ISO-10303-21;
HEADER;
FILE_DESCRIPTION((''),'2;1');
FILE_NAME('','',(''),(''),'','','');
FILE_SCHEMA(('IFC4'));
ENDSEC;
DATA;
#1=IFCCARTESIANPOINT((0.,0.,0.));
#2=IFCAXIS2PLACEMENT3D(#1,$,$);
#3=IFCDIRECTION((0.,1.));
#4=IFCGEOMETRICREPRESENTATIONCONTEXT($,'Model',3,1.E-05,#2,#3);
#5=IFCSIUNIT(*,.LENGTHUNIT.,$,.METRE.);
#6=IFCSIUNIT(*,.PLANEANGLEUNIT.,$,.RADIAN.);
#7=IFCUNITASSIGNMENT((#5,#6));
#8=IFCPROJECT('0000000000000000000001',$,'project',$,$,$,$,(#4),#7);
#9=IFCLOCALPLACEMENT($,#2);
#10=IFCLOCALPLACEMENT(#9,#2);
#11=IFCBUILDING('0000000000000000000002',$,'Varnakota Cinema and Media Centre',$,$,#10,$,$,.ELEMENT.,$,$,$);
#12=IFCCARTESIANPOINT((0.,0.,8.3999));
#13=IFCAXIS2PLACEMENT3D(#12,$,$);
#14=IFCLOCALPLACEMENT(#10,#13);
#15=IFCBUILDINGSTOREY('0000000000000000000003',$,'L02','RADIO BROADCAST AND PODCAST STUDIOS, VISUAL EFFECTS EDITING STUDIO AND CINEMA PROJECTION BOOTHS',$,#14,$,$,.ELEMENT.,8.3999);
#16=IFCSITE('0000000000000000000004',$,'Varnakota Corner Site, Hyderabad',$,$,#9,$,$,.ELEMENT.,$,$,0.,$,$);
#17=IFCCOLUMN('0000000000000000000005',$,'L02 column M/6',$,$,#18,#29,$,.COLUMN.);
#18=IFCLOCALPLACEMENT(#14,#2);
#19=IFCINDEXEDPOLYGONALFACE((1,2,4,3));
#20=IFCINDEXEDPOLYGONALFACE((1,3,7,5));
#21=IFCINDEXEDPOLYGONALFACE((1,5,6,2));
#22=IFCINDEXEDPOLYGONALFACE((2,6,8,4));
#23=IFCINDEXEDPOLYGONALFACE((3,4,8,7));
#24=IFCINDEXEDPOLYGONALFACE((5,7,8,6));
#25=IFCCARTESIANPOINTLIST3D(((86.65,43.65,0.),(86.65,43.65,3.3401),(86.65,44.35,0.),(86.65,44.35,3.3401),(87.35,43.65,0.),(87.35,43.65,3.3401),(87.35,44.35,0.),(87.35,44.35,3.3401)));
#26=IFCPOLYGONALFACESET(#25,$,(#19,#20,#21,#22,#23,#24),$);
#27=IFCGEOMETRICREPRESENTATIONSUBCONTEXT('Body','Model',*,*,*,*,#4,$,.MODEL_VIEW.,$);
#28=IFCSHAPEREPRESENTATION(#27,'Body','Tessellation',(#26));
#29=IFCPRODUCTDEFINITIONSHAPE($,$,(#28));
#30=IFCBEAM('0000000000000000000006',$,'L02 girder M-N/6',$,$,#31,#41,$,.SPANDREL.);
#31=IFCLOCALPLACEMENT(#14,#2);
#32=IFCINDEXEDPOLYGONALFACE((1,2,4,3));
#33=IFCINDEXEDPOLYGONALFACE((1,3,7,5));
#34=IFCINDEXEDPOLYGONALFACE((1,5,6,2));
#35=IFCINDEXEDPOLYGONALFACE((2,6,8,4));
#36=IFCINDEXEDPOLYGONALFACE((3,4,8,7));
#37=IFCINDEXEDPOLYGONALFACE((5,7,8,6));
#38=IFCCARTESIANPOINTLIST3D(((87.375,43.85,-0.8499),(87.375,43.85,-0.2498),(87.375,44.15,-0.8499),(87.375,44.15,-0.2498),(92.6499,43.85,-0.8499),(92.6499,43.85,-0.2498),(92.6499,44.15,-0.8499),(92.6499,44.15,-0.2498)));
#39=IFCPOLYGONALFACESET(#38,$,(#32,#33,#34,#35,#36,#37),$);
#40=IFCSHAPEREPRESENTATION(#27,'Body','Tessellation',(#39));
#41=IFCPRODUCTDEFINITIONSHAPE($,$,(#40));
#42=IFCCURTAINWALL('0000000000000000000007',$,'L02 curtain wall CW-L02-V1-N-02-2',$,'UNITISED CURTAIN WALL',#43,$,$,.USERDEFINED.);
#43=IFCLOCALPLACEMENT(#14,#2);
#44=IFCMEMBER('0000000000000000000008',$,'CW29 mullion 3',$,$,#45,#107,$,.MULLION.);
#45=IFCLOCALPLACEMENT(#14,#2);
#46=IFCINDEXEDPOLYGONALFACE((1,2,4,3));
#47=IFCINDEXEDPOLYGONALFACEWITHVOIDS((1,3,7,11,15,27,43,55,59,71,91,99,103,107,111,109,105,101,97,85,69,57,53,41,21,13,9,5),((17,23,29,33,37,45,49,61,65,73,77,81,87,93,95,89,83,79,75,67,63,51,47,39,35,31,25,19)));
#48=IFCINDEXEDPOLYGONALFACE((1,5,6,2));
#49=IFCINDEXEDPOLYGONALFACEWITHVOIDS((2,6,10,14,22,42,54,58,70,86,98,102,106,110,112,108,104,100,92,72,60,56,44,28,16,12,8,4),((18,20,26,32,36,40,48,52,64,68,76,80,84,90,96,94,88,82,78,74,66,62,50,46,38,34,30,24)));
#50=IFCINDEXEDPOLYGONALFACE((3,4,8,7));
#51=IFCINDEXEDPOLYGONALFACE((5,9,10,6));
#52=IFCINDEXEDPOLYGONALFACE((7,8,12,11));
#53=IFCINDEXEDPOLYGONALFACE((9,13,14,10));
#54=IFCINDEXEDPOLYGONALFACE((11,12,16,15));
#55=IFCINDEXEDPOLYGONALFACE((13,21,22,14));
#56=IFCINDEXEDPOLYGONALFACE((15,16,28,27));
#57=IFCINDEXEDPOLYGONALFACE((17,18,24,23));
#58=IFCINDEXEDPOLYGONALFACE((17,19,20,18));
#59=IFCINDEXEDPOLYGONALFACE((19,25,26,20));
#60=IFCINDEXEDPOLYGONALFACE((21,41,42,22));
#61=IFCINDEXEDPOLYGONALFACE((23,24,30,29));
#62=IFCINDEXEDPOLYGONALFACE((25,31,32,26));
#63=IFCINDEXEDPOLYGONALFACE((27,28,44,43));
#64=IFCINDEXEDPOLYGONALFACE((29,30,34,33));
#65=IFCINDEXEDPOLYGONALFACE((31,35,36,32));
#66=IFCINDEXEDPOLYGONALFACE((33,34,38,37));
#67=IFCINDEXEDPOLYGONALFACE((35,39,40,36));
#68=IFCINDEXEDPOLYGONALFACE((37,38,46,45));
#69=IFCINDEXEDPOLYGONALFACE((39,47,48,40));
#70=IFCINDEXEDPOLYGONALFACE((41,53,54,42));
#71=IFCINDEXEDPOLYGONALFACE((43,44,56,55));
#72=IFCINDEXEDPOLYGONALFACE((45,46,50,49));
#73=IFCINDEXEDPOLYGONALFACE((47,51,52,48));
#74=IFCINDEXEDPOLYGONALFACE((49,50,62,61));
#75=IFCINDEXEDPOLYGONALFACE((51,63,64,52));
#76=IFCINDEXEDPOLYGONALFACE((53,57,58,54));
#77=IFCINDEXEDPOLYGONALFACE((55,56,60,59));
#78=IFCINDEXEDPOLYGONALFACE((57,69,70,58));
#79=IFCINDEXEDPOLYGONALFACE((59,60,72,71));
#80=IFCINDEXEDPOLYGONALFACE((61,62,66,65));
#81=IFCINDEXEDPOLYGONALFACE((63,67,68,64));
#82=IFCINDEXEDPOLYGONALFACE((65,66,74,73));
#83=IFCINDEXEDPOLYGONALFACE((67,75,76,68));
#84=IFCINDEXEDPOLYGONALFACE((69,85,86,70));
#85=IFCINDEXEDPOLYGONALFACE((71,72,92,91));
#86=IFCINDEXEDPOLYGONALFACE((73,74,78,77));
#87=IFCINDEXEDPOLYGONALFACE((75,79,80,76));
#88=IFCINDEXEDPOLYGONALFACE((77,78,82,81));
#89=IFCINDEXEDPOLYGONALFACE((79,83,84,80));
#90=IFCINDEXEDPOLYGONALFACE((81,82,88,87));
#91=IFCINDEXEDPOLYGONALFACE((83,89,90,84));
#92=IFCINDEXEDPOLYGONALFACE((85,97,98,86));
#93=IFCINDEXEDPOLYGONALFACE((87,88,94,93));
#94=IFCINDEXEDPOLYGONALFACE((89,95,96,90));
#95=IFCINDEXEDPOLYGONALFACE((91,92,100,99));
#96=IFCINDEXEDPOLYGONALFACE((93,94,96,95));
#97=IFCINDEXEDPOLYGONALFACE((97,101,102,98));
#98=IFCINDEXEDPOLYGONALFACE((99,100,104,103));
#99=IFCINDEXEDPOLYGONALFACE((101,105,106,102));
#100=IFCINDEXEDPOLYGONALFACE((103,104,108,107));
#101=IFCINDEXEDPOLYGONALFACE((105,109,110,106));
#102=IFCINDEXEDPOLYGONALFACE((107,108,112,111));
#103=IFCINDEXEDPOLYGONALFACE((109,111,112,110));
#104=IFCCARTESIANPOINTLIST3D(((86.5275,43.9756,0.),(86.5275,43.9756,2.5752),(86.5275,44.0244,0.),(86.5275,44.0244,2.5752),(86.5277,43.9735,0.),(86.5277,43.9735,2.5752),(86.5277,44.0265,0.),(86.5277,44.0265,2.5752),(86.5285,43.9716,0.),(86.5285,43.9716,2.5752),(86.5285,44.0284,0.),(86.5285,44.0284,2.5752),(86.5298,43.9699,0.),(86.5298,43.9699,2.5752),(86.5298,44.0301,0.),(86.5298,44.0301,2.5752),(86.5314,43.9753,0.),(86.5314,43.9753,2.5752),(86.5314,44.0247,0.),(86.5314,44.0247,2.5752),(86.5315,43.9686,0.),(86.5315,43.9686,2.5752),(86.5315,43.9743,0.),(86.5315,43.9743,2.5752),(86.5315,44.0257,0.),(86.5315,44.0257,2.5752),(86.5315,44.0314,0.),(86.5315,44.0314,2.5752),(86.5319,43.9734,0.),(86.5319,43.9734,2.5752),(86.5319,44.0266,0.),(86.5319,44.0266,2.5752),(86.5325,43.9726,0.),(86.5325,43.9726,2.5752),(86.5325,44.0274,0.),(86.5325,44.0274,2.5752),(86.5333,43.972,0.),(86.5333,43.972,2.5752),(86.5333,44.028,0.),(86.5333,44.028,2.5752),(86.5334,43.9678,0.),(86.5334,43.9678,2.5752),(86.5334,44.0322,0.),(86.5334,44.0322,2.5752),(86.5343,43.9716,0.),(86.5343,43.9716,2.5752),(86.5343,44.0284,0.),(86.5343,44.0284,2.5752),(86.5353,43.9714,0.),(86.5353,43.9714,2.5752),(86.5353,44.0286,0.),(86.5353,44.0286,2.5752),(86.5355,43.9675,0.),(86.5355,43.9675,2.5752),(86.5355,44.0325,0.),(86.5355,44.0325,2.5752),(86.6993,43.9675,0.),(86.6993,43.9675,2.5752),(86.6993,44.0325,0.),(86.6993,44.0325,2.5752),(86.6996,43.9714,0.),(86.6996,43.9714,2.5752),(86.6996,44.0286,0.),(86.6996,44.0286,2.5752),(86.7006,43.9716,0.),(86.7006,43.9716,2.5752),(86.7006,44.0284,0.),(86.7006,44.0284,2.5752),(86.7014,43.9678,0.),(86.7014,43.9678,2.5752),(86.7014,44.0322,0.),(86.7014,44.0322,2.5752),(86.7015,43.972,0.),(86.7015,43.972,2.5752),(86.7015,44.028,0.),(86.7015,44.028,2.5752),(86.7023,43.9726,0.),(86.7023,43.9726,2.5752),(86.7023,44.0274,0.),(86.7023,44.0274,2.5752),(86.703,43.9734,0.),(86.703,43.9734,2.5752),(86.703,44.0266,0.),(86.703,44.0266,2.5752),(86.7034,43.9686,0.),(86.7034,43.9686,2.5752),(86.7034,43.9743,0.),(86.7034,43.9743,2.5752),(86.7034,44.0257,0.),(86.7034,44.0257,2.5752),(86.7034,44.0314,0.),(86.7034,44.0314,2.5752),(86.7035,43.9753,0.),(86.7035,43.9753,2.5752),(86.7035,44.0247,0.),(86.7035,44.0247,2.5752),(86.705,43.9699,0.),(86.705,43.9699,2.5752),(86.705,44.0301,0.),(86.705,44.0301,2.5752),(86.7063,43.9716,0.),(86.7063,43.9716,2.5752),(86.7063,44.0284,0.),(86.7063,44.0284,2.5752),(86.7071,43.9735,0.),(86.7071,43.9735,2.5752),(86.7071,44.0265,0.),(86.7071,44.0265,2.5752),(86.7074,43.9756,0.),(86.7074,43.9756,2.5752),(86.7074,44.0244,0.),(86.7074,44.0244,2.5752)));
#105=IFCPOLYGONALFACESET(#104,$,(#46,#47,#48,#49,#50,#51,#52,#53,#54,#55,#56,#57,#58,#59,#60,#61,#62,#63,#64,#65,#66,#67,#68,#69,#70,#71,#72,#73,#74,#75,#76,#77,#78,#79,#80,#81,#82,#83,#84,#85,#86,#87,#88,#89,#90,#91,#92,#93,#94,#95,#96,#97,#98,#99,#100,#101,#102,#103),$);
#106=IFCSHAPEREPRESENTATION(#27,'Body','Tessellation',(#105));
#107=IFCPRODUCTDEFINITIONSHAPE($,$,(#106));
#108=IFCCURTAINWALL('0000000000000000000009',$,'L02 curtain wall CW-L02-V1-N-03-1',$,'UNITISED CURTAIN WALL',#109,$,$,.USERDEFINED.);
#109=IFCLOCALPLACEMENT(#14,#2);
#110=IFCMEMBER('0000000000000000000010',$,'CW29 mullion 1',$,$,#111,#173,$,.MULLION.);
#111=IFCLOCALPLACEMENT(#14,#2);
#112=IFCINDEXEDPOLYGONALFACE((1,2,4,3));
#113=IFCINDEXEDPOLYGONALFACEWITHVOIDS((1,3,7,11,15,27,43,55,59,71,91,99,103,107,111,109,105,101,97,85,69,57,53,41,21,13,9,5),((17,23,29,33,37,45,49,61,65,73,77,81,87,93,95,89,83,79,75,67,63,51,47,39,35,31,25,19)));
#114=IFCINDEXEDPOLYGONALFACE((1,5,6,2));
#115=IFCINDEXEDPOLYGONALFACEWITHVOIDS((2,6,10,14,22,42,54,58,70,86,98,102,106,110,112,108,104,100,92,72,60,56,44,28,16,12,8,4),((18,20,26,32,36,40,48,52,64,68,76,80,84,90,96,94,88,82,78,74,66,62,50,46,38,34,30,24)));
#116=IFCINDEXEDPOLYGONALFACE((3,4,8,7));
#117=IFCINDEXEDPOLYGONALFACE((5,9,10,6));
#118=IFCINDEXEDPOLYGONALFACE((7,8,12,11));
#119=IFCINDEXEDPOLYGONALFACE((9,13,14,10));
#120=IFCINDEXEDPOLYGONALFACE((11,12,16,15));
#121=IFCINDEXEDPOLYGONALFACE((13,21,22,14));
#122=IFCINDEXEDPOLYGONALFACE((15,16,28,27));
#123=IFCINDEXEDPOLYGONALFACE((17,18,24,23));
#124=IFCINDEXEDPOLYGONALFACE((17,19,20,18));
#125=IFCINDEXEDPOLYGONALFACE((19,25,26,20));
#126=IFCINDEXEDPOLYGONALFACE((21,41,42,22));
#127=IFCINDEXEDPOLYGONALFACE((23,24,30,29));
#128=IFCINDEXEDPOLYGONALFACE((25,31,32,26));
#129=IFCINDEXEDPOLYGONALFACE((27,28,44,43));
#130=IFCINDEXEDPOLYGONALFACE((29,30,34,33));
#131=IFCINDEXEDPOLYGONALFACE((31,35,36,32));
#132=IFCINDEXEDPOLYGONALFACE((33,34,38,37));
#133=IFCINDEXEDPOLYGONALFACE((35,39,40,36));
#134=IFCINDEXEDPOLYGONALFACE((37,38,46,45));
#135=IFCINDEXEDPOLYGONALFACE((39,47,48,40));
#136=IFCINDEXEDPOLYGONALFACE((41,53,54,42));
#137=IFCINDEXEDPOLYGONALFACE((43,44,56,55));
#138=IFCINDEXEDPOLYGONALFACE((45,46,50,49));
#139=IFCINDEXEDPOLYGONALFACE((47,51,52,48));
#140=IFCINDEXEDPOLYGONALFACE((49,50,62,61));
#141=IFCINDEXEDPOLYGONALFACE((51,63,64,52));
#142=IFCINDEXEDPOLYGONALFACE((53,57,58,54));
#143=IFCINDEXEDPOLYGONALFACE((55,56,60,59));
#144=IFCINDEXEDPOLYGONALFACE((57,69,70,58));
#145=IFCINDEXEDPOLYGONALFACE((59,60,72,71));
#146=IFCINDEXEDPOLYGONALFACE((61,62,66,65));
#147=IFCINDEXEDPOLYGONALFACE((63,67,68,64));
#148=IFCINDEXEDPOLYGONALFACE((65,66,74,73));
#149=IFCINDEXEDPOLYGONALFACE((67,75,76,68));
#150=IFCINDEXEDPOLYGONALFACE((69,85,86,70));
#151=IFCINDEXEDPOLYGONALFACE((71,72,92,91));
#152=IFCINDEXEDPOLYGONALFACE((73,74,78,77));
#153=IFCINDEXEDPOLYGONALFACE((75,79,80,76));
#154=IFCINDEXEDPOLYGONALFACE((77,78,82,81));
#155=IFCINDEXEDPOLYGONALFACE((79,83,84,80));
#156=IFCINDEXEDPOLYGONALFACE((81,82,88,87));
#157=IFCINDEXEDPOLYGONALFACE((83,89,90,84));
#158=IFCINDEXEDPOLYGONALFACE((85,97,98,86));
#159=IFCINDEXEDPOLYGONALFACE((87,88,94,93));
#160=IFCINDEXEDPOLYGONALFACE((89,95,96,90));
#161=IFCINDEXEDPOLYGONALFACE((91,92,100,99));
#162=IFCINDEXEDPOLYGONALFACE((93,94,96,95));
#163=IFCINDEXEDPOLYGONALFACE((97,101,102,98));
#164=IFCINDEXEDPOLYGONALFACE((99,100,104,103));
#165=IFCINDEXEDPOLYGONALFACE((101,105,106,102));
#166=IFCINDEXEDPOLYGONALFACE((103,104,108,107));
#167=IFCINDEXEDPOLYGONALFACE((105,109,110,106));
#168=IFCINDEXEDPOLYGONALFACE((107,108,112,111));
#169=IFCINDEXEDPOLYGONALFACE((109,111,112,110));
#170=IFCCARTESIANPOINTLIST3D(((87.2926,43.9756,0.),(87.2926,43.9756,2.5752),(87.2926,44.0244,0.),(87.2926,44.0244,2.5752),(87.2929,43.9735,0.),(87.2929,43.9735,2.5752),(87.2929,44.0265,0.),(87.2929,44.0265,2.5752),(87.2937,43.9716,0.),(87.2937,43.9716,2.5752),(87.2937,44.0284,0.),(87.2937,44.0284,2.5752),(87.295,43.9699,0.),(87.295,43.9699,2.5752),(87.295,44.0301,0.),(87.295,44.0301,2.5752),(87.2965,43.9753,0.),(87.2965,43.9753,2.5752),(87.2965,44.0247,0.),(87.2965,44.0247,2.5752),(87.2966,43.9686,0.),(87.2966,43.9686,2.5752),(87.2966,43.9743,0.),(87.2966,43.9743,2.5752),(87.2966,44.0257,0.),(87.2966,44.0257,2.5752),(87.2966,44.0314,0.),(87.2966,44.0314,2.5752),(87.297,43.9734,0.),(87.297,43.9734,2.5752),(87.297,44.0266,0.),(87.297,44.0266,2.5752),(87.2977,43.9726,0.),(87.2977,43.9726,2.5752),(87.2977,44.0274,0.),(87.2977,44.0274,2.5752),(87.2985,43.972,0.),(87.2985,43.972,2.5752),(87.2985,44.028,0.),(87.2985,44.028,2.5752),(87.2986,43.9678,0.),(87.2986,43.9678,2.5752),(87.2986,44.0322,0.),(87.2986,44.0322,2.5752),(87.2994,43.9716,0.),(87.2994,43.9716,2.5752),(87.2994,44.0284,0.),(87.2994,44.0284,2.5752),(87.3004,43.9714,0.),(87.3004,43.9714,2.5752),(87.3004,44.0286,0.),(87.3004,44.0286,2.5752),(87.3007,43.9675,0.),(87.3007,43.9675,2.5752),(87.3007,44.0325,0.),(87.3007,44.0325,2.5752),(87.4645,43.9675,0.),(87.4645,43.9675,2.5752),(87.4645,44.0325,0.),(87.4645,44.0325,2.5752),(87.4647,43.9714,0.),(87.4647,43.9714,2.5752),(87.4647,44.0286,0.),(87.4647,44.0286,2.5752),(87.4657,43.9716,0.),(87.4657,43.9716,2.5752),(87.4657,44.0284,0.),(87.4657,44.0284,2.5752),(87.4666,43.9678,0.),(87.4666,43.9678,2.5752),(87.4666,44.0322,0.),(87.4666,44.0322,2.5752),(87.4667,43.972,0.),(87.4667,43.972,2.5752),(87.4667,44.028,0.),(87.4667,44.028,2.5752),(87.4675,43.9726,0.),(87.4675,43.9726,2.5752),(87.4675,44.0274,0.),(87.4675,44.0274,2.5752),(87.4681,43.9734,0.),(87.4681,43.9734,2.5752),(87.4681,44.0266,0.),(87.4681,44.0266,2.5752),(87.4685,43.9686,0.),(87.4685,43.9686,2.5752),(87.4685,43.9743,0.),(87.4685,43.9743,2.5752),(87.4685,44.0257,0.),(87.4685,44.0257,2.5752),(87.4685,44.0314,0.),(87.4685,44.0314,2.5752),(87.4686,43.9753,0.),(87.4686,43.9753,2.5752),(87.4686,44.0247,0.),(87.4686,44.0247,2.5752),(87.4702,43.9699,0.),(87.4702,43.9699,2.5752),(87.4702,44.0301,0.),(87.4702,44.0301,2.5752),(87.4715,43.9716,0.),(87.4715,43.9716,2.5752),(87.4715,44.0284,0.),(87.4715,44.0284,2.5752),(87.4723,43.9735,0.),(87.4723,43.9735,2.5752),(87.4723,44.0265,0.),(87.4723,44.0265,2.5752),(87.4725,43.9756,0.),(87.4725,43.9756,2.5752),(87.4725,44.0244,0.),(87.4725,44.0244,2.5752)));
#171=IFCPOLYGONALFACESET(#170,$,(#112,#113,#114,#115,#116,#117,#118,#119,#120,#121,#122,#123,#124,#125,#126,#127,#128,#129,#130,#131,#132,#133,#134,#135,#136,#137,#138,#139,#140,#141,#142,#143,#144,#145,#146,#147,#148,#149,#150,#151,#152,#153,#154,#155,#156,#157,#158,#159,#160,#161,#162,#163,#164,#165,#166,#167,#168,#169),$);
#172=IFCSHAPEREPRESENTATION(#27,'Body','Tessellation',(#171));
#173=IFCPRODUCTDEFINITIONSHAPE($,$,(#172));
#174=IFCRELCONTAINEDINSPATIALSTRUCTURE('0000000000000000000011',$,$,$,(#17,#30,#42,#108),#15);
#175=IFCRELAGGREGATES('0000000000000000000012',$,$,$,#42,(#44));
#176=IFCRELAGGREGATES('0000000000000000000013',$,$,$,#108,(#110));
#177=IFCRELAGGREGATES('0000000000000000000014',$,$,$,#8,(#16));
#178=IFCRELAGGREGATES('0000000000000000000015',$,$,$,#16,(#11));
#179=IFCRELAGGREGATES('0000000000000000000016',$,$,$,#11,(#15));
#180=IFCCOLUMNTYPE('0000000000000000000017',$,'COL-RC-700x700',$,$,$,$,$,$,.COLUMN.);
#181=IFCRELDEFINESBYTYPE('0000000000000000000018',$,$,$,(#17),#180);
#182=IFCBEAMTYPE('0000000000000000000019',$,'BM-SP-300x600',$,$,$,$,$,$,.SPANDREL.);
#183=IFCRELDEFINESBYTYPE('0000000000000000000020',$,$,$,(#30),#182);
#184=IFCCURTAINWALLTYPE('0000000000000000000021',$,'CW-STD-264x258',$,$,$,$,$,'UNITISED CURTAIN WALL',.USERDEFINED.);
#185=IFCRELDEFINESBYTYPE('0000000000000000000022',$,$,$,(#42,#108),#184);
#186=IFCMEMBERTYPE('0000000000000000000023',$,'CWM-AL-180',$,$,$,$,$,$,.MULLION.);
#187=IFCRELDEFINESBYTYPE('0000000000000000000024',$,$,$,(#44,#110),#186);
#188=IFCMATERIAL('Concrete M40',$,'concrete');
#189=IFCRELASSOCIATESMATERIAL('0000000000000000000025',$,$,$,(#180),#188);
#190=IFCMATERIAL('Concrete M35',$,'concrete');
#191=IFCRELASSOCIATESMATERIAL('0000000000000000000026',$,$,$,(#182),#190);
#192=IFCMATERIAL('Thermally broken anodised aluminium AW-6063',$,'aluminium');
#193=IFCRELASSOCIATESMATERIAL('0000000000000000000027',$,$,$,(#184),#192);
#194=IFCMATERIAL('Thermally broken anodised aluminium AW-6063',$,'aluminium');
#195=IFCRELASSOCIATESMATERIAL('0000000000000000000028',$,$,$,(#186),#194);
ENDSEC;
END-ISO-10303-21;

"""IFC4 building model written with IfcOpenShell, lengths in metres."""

from ifc_helpers import new_model, si_unit, direction, frame, origin, origin_2d, place, context, subcontext, project, spatial, rectangle, hollow_rectangle, extrude, material, material_profile, profile_set, type_object, element, aggregate, save


model = new_model("IFC4")

# Units and contexts
model_context = context("Model", 3, precision=1e-05, world=origin(), true_north=direction((0.0, 1.0)))
body_context = subcontext(model_context, "Body", "Model", "MODEL_VIEW")
ifc_project = project(units=[si_unit("LENGTHUNIT", "METRE"), si_unit("PLANEANGLEUNIT", "RADIAN")], contexts=[model_context])

# Site, building, storey
site_placement = place(None, origin())
site = spatial("IfcSite", under=ifc_project, at=site_placement, Name="Varnakota Corner Site, Hyderabad", CompositionType="ELEMENT", RefElevation=0.0)
building_placement = place(site_placement, origin())
building = spatial("IfcBuilding", under=site, at=building_placement, Name="Varnakota Cinema and Media Centre", CompositionType="ELEMENT")
storey_placement = place(building_placement, frame((0.0, 0.0, 8.3999)))
storey = spatial("IfcBuildingStorey", under=building, at=storey_placement, Name="L02", Description="RADIO BROADCAST AND PODCAST STUDIOS, VISUAL EFFECTS EDITING STUDIO AND CINEMA PROJECTION BOOTHS", CompositionType="ELEMENT", Elevation=8.3999)

# Column
ifc_material_1 = material(Name="Concrete M40", Category="concrete")
ifc_material_profile_1 = material_profile(ifc_material_1, rectangle(XDim=0.7, YDim=0.7, at=origin_2d()), Name="RC 700x700")
ifc_profile_set_1 = profile_set([ifc_material_profile_1], Name="Concrete M40")
column_type = type_object("IfcColumnType", Name="COL-RC-700x700", PredefinedType="COLUMN", material=ifc_profile_set_1)
column_placement = place(storey_placement, frame((87.0, 44.0, 0.0), z_axis=(0.0, 0.0, 1.0), x_axis=(1.0, 0.0, 0.0)))
element("IfcColumn", 1, at=column_placement, inside=storey, type_object=column_type, Name="L02 column M/6", PredefinedType="COLUMN", context=body_context, shape_type="SweptSolid", body=[
    extrude(rectangle(XDim=0.7, YDim=0.7, at=origin_2d()), origin(), (0.0, 0.0, 1.0), 3.3401),
])

# Beam
ifc_material_2 = material(Name="Concrete M35", Category="concrete")
ifc_material_profile_2 = material_profile(ifc_material_2, rectangle(XDim=0.3, YDim=0.6001, at=origin_2d()), Name="RCB 300x600")
ifc_profile_set_2 = profile_set([ifc_material_profile_2], Name="Concrete M35")
beam_type = type_object("IfcBeamType", Name="BM-SP-300x600", PredefinedType="SPANDREL", material=ifc_profile_set_2)
beam_placement = place(storey_placement, frame((87.375, 44.0, -0.5498), z_axis=(1.0, 0.0, 0.0), x_axis=(0.0, 1.0, 0.0)))
element("IfcBeam", 2, at=beam_placement, inside=storey, type_object=beam_type, Name="L02 girder M-N/6", PredefinedType="SPANDREL", context=body_context, shape_type="SweptSolid", body=[
    extrude(rectangle(XDim=0.3, YDim=0.6001, at=origin_2d()), origin(), (0.0, 0.0, 1.0), 5.2749),
])

# Curtain wall, member
ifc_material_3 = material(Name="Thermally broken anodised aluminium AW-6063", Category="aluminium")
curtain_wall_type = type_object("IfcCurtainWallType", Name="CW-STD-264x258", ElementType="UNITISED CURTAIN WALL", PredefinedType="USERDEFINED", material=ifc_material_3)
curtain_wall_1_placement = place(storey_placement, origin())
curtain_wall_1 = element("IfcCurtainWall", 3, at=curtain_wall_1_placement, inside=storey, type_object=curtain_wall_type, Name="L02 curtain wall CW-L02-V1-N-02-2", ObjectType="UNITISED CURTAIN WALL", PredefinedType="USERDEFINED")
ifc_material_4 = material(Name="Thermally broken anodised aluminium AW-6063", Category="aluminium")
ifc_material_profile_3 = material_profile(ifc_material_4, hollow_rectangle(XDim=0.0649, YDim=0.1799, WallThickness=0.0039, InnerFilletRadius=0.0039, OuterFilletRadius=0.0081, at=origin_2d()), Name="AL-MULLION 180x65x4")
ifc_profile_set_3 = profile_set([ifc_material_profile_3], Name="Thermally broken anodised aluminium AW-6063")
member_type_1 = type_object("IfcMemberType", Name="CWM-AL-180", PredefinedType="MULLION", material=ifc_profile_set_3)
member_1_placement = place(storey_placement, frame((86.6174, 44.0, 0.0), z_axis=(0.0, 0.0, 1.0), x_axis=(0.0, 1.0, 0.0)))
member_1 = element("IfcMember", 4, at=member_1_placement, type_object=member_type_1, Name="CW29 mullion 3", PredefinedType="MULLION", context=body_context, shape_type="SweptSolid", body=[
    extrude(hollow_rectangle(XDim=0.0649, YDim=0.1799, WallThickness=0.0039, InnerFilletRadius=0.0039, OuterFilletRadius=0.0081, at=origin_2d()), origin(), (0.0, 0.0, 1.0), 2.5752),
])

# Curtain wall, member
curtain_wall_2_placement = place(storey_placement, origin())
curtain_wall_2 = element("IfcCurtainWall", 5, at=curtain_wall_2_placement, inside=storey, type_object=curtain_wall_type, Name="L02 curtain wall CW-L02-V1-N-03-1", ObjectType="UNITISED CURTAIN WALL", PredefinedType="USERDEFINED")
member_2_placement = place(storey_placement, frame((87.3826, 44.0, 0.0), z_axis=(0.0, 0.0, 1.0), x_axis=(0.0, 1.0, 0.0)))
member_2 = element("IfcMember", 6, at=member_2_placement, type_object=member_type_1, Name="CW29 mullion 1", PredefinedType="MULLION", context=body_context, shape_type="SweptSolid", body=[
    extrude(hollow_rectangle(XDim=0.0649, YDim=0.1799, WallThickness=0.0039, InnerFilletRadius=0.0039, OuterFilletRadius=0.0081, at=origin_2d()), origin(), (0.0, 0.0, 1.0), 2.5752),
])

aggregate(curtain_wall_1, [member_1])
aggregate(curtain_wall_2, [member_2])

save(model, "model.ifc")
